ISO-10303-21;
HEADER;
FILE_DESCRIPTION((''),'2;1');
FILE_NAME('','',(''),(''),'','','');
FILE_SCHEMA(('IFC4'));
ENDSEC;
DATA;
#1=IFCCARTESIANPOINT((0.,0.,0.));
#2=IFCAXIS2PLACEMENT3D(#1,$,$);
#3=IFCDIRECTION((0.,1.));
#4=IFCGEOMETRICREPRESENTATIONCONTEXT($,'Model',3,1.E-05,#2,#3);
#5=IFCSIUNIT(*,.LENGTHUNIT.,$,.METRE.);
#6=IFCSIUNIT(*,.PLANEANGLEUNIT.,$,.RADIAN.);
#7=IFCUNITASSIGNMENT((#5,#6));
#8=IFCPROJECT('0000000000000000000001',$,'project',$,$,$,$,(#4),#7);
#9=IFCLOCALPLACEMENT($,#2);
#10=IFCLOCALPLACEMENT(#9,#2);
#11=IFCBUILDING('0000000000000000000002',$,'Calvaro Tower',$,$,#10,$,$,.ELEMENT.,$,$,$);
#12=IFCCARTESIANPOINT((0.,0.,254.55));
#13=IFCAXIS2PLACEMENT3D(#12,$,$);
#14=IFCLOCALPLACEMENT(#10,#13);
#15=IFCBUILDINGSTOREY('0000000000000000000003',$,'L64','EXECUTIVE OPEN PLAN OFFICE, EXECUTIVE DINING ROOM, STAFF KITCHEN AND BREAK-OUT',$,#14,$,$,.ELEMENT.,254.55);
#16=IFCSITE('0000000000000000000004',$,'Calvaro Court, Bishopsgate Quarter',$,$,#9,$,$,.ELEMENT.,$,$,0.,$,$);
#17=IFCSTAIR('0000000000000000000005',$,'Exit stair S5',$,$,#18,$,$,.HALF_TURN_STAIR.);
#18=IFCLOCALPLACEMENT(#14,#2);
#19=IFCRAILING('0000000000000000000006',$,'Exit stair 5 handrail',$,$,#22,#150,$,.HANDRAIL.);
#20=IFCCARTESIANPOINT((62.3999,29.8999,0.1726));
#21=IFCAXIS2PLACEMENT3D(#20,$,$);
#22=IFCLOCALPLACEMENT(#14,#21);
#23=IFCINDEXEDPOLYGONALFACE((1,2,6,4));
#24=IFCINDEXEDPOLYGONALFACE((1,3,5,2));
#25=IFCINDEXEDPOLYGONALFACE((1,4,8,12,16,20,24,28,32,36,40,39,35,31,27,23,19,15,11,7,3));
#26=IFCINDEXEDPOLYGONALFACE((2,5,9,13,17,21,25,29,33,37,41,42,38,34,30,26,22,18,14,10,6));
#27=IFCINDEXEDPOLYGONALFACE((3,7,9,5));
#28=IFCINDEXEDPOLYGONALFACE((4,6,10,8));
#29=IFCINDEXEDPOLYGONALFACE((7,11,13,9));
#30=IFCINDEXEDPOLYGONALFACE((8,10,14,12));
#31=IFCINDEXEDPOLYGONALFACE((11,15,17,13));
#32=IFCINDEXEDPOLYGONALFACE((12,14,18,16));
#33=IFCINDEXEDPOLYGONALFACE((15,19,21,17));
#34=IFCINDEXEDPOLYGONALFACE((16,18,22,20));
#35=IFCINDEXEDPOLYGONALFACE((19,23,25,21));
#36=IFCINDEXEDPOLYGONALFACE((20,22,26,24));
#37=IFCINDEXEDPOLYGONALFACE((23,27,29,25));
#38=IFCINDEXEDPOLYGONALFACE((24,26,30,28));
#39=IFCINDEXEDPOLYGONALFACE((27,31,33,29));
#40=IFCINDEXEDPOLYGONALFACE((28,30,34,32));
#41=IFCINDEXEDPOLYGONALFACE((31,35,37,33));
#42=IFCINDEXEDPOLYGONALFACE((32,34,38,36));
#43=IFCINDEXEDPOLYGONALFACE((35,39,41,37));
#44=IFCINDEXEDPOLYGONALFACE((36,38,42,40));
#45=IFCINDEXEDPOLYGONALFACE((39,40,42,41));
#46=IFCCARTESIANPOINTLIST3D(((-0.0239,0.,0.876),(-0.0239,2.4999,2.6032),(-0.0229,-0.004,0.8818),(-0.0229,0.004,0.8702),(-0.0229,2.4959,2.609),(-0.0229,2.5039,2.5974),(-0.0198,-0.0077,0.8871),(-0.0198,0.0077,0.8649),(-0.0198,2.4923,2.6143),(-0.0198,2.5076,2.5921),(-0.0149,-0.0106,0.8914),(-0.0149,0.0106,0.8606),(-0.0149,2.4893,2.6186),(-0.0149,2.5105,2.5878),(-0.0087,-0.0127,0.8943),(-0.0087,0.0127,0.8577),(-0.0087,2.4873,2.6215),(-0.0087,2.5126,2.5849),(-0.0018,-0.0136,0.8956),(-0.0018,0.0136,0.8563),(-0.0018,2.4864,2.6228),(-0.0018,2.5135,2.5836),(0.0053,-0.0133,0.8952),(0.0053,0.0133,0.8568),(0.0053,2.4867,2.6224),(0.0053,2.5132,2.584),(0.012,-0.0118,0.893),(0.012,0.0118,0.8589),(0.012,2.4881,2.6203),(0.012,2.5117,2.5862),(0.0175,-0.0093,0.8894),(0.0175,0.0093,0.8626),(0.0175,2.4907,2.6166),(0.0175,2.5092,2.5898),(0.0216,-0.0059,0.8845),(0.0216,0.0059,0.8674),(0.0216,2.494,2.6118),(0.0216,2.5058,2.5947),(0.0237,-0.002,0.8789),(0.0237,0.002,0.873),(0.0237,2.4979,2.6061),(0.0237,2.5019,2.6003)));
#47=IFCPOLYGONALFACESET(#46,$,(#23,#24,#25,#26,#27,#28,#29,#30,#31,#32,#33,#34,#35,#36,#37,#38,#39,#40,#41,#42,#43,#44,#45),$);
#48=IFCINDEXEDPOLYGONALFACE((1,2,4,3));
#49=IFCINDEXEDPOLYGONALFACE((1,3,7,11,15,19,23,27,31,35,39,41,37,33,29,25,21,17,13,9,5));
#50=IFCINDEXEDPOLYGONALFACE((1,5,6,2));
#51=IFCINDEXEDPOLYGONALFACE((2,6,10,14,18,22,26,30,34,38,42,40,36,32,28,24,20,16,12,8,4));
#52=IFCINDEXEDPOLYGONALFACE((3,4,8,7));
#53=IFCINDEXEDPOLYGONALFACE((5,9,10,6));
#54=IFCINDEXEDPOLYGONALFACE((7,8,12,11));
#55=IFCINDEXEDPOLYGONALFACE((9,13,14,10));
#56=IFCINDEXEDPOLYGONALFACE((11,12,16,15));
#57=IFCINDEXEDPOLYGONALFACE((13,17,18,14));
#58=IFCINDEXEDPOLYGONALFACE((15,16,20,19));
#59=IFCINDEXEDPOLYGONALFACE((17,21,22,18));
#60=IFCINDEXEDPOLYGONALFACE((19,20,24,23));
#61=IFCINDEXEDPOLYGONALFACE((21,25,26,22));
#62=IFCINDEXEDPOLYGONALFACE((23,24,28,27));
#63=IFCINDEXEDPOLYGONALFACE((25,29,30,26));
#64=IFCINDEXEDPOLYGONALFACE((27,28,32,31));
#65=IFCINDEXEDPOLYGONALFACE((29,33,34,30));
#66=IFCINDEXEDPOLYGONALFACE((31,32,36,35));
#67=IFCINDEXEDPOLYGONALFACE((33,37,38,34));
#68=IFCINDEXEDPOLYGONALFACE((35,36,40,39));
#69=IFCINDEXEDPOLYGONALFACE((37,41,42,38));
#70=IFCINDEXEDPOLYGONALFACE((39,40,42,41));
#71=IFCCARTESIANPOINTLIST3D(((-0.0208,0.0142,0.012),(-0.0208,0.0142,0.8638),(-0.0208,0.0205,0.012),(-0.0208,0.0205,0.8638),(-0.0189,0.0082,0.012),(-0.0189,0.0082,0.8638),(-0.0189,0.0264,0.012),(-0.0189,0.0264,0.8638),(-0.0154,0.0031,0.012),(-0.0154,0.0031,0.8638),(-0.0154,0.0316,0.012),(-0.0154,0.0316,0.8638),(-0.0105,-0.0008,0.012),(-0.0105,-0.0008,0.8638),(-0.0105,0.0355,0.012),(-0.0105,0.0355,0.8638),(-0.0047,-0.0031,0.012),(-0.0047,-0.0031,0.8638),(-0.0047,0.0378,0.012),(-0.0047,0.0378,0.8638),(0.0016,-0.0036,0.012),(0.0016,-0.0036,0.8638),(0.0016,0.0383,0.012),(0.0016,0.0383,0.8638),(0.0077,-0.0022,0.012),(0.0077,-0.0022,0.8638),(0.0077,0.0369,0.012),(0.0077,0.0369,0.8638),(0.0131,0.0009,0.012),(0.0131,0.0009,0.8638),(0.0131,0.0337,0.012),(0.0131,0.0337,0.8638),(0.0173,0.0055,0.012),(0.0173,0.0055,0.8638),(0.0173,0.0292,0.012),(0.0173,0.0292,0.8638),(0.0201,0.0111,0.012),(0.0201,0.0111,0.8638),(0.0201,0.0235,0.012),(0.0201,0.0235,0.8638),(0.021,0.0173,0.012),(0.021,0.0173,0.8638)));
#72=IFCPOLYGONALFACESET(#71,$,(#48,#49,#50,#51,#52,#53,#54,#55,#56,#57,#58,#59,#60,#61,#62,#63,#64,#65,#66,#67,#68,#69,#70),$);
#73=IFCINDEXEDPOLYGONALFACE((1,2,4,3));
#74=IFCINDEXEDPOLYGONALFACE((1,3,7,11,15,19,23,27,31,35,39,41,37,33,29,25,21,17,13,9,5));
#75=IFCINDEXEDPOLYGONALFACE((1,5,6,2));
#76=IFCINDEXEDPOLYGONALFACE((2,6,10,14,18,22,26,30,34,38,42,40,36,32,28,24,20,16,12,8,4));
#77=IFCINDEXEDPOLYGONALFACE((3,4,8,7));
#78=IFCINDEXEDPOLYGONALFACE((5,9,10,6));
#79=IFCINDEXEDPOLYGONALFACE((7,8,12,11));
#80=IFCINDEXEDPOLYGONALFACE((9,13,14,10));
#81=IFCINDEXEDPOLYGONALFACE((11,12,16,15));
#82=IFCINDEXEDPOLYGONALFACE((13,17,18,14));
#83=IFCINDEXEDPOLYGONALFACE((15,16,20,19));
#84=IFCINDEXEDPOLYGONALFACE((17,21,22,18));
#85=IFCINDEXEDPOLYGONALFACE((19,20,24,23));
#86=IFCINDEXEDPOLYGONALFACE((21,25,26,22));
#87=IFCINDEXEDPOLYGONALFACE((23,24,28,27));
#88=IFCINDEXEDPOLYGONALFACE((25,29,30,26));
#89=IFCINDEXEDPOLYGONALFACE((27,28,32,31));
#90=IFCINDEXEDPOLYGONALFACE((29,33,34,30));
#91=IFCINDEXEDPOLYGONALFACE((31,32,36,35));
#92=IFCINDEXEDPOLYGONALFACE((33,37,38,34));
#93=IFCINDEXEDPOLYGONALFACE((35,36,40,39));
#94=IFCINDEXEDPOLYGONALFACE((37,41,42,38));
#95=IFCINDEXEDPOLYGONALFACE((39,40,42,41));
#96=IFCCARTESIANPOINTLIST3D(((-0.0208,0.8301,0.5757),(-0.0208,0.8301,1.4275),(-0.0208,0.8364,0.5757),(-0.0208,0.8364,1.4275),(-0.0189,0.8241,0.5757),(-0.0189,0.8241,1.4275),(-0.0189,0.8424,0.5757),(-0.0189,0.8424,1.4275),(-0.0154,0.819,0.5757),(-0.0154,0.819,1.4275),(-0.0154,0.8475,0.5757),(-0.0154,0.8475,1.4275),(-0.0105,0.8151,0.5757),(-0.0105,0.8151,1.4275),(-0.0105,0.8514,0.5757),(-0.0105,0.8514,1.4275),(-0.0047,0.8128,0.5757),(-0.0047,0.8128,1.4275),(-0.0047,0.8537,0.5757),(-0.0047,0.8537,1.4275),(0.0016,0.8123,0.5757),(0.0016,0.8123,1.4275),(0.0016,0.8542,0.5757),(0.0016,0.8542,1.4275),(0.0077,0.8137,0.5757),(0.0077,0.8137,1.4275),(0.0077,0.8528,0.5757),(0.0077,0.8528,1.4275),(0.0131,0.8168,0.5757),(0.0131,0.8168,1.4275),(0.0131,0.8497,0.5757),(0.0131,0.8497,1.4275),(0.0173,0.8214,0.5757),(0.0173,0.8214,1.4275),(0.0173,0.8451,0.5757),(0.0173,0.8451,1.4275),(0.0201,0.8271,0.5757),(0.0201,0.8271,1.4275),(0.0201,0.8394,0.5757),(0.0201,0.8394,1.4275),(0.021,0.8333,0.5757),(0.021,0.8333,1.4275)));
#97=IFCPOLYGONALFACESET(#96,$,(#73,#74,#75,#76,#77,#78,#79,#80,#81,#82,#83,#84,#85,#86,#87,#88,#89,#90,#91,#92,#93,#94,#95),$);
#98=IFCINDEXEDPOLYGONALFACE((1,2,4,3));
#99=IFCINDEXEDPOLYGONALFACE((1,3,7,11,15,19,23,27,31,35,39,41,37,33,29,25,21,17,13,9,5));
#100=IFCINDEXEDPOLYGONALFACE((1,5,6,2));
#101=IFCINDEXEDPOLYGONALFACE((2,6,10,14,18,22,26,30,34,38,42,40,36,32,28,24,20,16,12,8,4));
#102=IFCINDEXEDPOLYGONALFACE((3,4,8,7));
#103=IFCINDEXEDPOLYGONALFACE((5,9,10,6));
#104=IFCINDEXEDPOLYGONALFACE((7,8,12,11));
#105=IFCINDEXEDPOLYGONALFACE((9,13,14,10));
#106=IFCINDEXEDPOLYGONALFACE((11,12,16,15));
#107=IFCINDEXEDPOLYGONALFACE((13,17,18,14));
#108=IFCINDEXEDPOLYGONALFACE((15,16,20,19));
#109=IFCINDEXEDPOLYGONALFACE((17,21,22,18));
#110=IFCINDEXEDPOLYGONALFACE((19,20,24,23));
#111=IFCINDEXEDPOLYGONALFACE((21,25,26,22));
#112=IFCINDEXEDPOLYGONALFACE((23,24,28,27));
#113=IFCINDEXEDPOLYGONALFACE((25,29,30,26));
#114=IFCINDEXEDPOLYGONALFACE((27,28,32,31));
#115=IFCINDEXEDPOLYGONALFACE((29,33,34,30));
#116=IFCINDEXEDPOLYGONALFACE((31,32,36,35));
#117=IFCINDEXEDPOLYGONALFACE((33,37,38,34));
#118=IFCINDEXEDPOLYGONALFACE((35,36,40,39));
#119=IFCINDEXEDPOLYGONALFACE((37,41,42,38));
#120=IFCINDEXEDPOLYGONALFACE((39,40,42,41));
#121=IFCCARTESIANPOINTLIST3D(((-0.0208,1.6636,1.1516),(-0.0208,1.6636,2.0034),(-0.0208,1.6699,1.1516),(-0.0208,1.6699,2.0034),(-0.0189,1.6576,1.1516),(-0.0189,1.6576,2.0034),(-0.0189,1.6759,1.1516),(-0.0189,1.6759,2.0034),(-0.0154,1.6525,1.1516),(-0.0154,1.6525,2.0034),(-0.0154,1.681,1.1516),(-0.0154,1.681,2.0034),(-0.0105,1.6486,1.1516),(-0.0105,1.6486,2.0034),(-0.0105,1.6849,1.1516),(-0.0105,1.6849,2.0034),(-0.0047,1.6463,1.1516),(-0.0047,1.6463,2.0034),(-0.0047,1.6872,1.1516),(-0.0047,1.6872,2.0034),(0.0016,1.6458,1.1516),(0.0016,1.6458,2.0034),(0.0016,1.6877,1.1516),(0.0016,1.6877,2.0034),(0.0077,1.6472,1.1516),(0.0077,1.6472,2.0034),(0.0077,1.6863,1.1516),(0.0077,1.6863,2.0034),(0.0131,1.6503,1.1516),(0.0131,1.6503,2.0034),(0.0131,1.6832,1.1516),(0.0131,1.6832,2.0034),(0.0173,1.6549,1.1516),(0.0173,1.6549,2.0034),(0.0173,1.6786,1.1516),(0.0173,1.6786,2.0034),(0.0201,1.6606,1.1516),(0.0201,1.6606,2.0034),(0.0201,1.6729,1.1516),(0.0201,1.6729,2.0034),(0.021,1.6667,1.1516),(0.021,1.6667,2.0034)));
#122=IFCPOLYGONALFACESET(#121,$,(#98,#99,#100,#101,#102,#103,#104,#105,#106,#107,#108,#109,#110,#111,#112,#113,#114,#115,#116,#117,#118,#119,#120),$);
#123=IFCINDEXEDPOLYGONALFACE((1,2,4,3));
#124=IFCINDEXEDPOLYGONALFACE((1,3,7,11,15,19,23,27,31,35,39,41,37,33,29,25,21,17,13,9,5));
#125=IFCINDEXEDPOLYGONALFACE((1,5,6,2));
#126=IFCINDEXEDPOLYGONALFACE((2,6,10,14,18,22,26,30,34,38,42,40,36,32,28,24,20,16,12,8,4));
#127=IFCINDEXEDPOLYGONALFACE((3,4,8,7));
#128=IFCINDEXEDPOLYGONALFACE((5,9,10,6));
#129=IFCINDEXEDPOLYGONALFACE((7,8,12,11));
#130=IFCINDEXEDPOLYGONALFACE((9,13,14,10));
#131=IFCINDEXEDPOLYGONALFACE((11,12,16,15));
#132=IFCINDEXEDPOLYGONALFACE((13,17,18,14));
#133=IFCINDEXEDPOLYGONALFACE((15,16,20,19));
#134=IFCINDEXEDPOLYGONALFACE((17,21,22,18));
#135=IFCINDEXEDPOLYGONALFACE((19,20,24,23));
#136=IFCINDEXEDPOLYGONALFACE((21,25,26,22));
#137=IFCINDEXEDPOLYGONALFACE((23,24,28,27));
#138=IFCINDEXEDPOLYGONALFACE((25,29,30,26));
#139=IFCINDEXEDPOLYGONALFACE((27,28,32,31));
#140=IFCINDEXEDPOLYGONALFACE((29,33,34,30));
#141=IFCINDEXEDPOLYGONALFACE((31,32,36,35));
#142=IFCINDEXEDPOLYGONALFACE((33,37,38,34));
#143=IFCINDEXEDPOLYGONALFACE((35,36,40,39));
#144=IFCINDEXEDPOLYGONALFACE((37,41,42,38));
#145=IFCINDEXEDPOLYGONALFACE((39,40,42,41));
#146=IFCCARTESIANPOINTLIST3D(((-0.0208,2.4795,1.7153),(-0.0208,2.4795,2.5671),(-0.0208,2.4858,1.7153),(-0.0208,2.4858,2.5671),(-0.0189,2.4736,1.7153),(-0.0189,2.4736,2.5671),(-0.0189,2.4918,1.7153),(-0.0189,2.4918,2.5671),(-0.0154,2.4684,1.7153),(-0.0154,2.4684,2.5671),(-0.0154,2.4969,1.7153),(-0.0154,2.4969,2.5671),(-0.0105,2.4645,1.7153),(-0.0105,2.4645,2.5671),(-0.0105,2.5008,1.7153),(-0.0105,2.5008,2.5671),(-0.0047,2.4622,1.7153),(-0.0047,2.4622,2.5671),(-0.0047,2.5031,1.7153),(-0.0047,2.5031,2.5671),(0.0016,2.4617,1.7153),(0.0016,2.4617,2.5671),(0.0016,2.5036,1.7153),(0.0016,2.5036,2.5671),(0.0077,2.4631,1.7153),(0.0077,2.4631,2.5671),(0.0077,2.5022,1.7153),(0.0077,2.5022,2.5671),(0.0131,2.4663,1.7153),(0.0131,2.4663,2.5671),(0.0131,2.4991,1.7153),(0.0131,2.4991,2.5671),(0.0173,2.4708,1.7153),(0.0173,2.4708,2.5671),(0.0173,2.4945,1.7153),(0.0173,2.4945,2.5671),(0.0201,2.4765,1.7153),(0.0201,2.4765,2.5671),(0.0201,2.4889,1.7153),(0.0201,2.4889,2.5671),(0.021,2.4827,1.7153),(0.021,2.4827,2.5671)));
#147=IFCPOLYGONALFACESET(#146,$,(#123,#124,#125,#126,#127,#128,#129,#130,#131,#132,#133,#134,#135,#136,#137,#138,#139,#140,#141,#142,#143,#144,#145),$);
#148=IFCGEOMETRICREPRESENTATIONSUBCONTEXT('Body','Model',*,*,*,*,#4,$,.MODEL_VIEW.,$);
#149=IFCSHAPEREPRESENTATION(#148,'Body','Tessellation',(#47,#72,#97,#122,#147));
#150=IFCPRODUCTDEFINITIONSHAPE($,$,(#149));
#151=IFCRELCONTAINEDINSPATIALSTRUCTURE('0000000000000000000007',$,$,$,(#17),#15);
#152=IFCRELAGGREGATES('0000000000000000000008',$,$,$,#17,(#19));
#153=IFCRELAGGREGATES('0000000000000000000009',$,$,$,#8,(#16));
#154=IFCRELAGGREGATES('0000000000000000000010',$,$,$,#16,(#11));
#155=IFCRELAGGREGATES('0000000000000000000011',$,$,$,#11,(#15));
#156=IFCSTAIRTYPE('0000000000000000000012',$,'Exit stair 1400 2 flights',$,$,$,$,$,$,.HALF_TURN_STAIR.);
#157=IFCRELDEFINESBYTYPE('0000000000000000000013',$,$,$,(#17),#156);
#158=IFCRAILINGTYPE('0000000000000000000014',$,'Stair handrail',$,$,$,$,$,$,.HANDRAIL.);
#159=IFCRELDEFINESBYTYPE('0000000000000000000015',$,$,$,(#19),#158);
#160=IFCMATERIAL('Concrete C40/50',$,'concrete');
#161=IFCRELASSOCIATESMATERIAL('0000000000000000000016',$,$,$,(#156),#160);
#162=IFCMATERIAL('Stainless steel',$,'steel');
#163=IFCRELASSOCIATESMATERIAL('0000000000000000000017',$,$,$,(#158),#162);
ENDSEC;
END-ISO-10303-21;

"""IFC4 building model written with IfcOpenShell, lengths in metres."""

from ifc_helpers import new_model, si_unit, direction, frame, origin, origin_2d, place, context, subcontext, project, spatial, circle, extrude, material, type_object, element, aggregate, save


model = new_model("IFC4")

# Units and contexts
model_context = context("Model", 3, precision=1e-05, world=origin(), true_north=direction((0.0, 1.0)))
body_context = subcontext(model_context, "Body", "Model", "MODEL_VIEW")
ifc_project = project(units=[si_unit("LENGTHUNIT", "METRE"), si_unit("PLANEANGLEUNIT", "RADIAN")], contexts=[model_context])

# Site, building, storey
site_placement = place(None, origin())
site = spatial("IfcSite", under=ifc_project, at=site_placement, Name="Calvaro Court, Bishopsgate Quarter", CompositionType="ELEMENT", RefElevation=0.0)
building_placement = place(site_placement, origin())
building = spatial("IfcBuilding", under=site, at=building_placement, Name="Calvaro Tower", CompositionType="ELEMENT")
storey_placement = place(building_placement, frame((0.0, 0.0, 254.55)))
storey = spatial("IfcBuildingStorey", under=building, at=storey_placement, Name="L64", Description="EXECUTIVE OPEN PLAN OFFICE, EXECUTIVE DINING ROOM, STAFF KITCHEN AND BREAK-OUT", CompositionType="ELEMENT", Elevation=254.55)

# Shared definitions
ifc_material_1 = material(Name="Concrete C40/50", Category="concrete")
stair_type = type_object("IfcStairType", Name="Exit stair 1400 2 flights", PredefinedType="HALF_TURN_STAIR", material=ifc_material_1)

# Stair
stair_1_placement = place(storey_placement, origin())
stair_1 = element("IfcStair", 1, at=stair_1_placement, inside=storey, type_object=stair_type, Name="Exit stair S5", PredefinedType="HALF_TURN_STAIR")

# Railing
ifc_material_2 = material(Name="Stainless steel", Category="steel")
railing_type = type_object("IfcRailingType", Name="Stair handrail", PredefinedType="HANDRAIL", material=ifc_material_2)
railing_1_placement = place(storey_placement, frame((62.3999, 29.8999, 0.1726)))
railing_1 = element("IfcRailing", 2, at=railing_1_placement, type_object=railing_type, Name="Exit stair 5 handrail", PredefinedType="HANDRAIL", context=body_context, shape_type="SweptSolid", body=[
    extrude(circle(Radius=0.0239, at=origin_2d()), frame((0.0, 0.0, 0.876), z_axis=(0.0, 0.822727, 0.568437), x_axis=(-1.0, 0.0, 0.0)), (0.0, 0.0, 1.0), 3.0386),
    extrude(circle(Radius=0.021, at=origin_2d()), frame((0.0, 0.0173, 0.012)), (0.0, 0.0, 1.0), 0.8518),
    extrude(circle(Radius=0.021, at=origin_2d()), frame((0.0, 0.8333, 0.5757)), (0.0, 0.0, 1.0), 0.8518),
    extrude(circle(Radius=0.021, at=origin_2d()), frame((0.0, 1.6667, 1.1516)), (0.0, 0.0, 1.0), 0.8518),
    extrude(circle(Radius=0.021, at=origin_2d()), frame((0.0, 2.4827, 1.7153)), (0.0, 0.0, 1.0), 0.8518),
])
aggregate(stair_1, [railing_1])

save(model, "model.ifc")
